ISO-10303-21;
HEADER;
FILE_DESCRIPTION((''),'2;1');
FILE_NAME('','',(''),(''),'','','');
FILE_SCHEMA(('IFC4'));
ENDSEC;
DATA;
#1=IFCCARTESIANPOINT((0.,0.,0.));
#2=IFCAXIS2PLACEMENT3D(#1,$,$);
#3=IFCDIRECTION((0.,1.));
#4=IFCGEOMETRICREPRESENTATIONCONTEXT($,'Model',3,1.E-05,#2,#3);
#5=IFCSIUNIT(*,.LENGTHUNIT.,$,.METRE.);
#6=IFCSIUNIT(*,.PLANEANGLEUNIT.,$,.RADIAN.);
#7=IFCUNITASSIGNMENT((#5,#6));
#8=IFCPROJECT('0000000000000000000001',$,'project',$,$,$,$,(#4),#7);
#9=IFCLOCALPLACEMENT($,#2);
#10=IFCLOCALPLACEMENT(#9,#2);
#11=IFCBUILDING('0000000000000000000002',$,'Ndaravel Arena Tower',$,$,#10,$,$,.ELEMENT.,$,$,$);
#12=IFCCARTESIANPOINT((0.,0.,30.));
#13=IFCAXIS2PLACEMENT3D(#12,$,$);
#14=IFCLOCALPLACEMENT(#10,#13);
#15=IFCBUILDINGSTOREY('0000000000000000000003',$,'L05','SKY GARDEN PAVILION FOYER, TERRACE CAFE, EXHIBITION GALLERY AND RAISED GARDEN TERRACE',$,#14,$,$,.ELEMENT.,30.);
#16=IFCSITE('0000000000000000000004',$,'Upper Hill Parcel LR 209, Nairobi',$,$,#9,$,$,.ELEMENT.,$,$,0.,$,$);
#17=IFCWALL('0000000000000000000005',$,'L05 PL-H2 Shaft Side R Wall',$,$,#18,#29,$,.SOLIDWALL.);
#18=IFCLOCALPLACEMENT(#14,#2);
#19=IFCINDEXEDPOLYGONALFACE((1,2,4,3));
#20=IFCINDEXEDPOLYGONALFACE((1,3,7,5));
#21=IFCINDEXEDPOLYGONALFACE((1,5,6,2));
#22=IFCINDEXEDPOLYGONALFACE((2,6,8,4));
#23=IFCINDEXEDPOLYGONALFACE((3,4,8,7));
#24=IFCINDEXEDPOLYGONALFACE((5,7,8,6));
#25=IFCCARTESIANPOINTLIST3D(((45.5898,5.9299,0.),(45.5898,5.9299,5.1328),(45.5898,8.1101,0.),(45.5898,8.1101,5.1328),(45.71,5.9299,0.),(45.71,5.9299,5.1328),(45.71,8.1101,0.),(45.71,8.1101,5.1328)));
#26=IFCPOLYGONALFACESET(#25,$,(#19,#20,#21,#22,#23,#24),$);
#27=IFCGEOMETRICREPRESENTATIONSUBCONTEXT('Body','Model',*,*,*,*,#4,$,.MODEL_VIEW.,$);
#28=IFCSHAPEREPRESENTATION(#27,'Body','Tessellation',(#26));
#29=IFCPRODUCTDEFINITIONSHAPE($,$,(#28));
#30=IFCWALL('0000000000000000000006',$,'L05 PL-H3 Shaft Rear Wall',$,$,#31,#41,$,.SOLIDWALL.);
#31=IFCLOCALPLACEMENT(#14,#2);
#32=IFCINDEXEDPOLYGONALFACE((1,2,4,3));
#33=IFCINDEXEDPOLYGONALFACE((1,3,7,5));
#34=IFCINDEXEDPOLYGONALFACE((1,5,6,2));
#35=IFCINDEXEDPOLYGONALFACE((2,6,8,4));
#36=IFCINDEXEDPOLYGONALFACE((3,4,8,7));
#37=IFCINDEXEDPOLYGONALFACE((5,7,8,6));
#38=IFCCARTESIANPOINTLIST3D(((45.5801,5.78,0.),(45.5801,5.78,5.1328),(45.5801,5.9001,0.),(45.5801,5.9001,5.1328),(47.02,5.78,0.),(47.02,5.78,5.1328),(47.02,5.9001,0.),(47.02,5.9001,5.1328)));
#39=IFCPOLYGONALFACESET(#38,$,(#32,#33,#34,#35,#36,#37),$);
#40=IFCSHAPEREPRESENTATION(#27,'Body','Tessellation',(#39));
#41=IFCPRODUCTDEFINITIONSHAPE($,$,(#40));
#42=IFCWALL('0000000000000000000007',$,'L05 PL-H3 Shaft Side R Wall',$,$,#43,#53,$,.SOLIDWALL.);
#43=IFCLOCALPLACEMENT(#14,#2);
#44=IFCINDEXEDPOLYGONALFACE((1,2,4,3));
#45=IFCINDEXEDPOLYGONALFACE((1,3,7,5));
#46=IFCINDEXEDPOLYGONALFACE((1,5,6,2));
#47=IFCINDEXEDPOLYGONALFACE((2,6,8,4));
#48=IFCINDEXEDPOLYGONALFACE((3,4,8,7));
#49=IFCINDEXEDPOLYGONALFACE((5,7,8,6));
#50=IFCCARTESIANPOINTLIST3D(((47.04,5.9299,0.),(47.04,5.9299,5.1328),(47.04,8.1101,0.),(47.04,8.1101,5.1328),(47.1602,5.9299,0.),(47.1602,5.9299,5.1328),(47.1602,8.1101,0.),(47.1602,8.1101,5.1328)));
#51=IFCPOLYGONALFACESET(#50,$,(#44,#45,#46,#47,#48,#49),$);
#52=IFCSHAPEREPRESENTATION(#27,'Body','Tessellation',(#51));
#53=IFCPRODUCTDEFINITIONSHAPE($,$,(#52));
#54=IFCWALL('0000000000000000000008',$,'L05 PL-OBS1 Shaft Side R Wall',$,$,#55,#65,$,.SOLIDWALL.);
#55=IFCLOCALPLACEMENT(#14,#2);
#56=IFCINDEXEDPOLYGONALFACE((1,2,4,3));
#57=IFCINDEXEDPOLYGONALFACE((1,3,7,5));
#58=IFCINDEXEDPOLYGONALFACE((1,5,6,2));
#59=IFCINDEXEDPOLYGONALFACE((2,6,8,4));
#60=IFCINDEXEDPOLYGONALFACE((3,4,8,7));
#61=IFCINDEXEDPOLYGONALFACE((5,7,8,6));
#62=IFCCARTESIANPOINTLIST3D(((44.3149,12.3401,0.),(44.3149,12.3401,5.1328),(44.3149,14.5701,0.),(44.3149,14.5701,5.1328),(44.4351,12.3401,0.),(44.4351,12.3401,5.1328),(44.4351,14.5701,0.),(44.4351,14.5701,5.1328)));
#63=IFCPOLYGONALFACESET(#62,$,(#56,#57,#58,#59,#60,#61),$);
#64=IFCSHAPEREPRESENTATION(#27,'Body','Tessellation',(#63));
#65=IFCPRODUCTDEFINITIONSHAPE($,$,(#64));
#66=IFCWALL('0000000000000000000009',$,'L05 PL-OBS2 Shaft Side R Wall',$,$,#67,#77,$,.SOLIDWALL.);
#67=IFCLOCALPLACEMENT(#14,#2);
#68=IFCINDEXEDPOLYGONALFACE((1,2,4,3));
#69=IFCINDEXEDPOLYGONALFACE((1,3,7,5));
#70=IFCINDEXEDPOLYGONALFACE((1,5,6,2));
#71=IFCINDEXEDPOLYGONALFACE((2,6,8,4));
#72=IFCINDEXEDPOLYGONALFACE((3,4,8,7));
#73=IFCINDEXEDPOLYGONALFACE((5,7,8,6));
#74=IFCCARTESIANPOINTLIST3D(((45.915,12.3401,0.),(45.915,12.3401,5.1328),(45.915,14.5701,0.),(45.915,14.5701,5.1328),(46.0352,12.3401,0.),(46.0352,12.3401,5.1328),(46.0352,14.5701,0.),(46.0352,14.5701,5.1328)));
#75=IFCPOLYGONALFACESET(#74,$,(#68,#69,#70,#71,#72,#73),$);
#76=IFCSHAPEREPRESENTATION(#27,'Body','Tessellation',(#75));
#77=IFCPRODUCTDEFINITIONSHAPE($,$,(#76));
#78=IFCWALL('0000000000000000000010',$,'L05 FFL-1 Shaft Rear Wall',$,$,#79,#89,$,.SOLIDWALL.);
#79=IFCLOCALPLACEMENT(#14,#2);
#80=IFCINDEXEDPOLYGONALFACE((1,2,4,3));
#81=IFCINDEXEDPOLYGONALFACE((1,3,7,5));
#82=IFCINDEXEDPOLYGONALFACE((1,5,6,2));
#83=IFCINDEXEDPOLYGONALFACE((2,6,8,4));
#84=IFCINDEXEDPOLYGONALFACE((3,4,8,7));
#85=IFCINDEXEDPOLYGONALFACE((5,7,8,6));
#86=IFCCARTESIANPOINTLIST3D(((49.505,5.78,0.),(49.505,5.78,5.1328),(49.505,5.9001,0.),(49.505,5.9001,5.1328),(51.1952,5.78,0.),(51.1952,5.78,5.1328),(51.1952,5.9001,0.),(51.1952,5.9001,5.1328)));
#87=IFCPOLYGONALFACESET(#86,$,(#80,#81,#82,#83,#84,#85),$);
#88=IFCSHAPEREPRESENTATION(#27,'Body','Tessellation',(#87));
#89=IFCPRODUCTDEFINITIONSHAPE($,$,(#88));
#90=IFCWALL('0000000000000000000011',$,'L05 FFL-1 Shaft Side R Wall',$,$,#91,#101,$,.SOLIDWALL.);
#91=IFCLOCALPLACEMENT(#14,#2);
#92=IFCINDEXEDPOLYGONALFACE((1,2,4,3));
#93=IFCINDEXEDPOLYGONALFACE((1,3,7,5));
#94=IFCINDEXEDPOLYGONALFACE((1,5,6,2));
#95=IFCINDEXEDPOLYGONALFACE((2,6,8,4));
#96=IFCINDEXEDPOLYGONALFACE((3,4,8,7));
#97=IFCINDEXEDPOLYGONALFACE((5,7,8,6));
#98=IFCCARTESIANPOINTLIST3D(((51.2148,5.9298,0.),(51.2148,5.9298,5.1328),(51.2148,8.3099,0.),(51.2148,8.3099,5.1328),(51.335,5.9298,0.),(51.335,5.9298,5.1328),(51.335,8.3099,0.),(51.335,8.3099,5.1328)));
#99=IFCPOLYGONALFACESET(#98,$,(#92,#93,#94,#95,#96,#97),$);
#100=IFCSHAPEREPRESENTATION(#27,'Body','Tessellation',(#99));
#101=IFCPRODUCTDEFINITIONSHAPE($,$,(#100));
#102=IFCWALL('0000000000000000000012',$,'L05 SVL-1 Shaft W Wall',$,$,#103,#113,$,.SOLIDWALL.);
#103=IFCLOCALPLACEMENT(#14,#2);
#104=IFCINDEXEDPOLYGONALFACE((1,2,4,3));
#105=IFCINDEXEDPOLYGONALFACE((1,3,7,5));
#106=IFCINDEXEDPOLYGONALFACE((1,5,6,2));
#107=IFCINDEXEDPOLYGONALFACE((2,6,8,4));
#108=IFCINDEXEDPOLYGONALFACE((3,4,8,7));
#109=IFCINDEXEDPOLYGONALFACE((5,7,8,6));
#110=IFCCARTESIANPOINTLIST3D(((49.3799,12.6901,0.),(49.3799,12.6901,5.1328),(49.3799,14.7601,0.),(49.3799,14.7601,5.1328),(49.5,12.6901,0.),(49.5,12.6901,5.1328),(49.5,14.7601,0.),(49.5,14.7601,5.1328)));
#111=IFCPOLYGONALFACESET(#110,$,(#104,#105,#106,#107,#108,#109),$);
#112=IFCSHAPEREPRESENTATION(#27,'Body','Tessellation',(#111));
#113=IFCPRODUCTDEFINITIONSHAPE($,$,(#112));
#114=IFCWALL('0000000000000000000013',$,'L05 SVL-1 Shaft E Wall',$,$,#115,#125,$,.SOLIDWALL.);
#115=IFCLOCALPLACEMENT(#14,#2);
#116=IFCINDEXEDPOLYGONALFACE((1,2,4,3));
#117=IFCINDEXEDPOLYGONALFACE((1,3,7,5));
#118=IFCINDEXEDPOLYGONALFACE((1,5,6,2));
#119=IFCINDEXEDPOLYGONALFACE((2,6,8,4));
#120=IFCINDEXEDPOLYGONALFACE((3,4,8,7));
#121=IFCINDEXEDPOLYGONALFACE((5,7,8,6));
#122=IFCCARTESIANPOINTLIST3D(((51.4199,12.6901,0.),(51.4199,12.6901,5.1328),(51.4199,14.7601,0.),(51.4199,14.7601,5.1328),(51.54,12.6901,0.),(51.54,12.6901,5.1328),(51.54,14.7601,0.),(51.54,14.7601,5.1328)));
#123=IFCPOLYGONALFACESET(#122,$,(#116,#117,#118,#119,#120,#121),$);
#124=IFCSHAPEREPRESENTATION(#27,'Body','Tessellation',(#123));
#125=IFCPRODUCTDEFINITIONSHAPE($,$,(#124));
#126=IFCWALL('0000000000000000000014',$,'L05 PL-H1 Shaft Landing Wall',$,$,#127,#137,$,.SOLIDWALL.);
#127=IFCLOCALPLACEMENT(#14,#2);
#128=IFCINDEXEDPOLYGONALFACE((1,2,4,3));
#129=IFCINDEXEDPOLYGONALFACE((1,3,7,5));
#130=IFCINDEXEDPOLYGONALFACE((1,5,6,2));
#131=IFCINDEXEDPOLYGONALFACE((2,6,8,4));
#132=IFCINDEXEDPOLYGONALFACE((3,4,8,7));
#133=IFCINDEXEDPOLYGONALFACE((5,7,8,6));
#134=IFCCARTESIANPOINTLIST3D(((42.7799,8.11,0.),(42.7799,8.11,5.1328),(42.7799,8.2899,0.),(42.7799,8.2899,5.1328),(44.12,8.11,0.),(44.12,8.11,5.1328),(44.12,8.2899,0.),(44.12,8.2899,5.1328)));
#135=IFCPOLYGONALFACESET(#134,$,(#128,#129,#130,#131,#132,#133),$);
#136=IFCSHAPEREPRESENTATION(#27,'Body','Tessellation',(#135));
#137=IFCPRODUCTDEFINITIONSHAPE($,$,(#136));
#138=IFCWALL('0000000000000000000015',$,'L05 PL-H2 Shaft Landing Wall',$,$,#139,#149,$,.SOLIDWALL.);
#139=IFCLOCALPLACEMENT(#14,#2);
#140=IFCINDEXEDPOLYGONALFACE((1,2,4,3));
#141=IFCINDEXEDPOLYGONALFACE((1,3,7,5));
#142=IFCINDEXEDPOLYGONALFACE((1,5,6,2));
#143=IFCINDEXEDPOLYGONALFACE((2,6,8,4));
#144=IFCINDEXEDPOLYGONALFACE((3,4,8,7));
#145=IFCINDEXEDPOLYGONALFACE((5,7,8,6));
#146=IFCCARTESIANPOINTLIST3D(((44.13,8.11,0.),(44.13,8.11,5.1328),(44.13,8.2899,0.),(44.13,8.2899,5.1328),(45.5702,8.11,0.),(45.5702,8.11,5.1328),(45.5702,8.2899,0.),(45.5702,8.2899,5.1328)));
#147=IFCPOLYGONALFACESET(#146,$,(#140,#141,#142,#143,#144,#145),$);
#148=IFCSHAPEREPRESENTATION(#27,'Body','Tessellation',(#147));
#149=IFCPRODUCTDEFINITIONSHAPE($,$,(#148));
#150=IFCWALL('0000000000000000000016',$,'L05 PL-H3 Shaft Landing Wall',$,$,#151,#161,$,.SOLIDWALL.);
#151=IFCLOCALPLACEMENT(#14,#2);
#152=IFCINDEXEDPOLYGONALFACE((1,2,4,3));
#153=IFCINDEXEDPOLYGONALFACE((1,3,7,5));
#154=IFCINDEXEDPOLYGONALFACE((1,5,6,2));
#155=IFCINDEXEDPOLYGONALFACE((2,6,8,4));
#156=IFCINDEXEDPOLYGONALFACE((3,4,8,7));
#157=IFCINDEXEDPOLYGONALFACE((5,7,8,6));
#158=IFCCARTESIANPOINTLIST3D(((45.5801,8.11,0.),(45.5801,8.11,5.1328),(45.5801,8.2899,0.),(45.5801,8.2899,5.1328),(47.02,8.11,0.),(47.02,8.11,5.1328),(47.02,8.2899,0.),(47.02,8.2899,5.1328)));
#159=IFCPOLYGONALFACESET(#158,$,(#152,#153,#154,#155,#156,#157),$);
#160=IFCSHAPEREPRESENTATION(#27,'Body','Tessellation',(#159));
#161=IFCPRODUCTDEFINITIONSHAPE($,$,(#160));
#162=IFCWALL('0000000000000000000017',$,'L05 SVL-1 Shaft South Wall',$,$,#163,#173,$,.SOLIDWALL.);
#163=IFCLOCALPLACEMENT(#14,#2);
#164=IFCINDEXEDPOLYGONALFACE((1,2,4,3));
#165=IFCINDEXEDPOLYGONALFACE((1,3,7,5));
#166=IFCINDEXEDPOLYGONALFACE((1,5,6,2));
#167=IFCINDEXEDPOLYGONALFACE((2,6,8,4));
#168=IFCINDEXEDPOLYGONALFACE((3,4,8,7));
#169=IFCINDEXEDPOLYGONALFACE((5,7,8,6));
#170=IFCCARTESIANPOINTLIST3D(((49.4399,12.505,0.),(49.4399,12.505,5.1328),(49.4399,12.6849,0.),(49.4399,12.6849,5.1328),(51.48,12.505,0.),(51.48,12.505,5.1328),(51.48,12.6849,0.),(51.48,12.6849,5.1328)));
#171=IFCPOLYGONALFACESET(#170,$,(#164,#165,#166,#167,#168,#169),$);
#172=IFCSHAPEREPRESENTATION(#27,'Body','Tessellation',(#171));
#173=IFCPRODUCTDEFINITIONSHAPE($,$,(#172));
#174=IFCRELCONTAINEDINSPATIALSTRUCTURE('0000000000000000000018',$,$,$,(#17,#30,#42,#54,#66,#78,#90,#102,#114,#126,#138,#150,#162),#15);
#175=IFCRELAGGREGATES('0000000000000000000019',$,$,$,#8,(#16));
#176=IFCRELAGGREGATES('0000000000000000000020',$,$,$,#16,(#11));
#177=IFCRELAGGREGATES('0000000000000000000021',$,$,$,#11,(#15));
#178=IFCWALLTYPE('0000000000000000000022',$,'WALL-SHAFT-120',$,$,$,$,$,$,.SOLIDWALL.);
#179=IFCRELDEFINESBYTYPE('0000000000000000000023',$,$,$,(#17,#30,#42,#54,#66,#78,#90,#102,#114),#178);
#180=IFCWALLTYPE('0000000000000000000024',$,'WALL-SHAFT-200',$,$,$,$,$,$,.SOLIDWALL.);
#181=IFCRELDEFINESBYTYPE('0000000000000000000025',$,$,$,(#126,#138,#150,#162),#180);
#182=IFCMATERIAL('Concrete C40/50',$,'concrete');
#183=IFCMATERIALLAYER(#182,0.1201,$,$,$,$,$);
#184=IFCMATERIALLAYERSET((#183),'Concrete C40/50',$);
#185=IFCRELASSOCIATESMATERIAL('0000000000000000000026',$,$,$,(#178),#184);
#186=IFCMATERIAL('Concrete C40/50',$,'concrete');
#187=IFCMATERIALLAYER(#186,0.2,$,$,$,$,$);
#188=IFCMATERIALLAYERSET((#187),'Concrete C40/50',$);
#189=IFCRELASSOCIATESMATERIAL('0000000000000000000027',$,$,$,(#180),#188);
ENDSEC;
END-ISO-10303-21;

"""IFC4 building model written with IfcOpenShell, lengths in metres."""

from ifc_helpers import new_model, si_unit, direction, frame, frame_2d, origin, place, context, subcontext, project, spatial, rectangle, extrude, material, layer, layer_set, type_object, element, save


model = new_model("IFC4")

# Units and contexts
model_context = context("Model", 3, precision=1e-05, world=origin(), true_north=direction((0.0, 1.0)))
body_context = subcontext(model_context, "Body", "Model", "MODEL_VIEW")
ifc_project = project(units=[si_unit("LENGTHUNIT", "METRE"), si_unit("PLANEANGLEUNIT", "RADIAN")], contexts=[model_context])

# Site, building, storey
site_placement = place(None, origin())
site = spatial("IfcSite", under=ifc_project, at=site_placement, Name="Upper Hill Parcel LR 209, Nairobi", CompositionType="ELEMENT", RefElevation=0.0)
building_placement = place(site_placement, origin())
building = spatial("IfcBuilding", under=site, at=building_placement, Name="Ndaravel Arena Tower", CompositionType="ELEMENT")
storey_placement = place(building_placement, frame((0.0, 0.0, 30.0)))
storey = spatial("IfcBuildingStorey", under=building, at=storey_placement, Name="L05", Description="SKY GARDEN PAVILION FOYER, TERRACE CAFE, EXHIBITION GALLERY AND RAISED GARDEN TERRACE", CompositionType="ELEMENT", Elevation=30.0)

# Walls
ifc_material_1 = material(Name="Concrete C40/50", Category="concrete")
ifc_layer_1 = layer(ifc_material_1, 0.1201)
ifc_layer_set_1 = layer_set([ifc_layer_1], Name="Concrete C40/50")
wall_type_1 = type_object("IfcWallType", Name="WALL-SHAFT-120", PredefinedType="SOLIDWALL", material=ifc_layer_set_1)
wall_1_placement = place(storey_placement, frame((45.6499, 5.9299, 0.0), z_axis=(0.0, 0.0, 1.0), x_axis=(0.0, 1.0, 0.0)))
element("IfcWall", 1, at=wall_1_placement, inside=storey, type_object=wall_type_1, Name="L05 PL-H2 Shaft Side R Wall", PredefinedType="SOLIDWALL", context=body_context, shape_type="SweptSolid", body=[
    extrude(rectangle(XDim=2.1802, YDim=0.1201, at=frame_2d((1.0901, 0.0))), origin(), (0.0, 0.0, 1.0), 5.1328),
])
wall_2_placement = place(storey_placement, frame((45.5801, 5.8401, 0.0), z_axis=(0.0, 0.0, 1.0), x_axis=(1.0, 0.0, 0.0)))
element("IfcWall", 2, at=wall_2_placement, inside=storey, type_object=wall_type_1, Name="L05 PL-H3 Shaft Rear Wall", PredefinedType="SOLIDWALL", context=body_context, shape_type="SweptSolid", body=[
    extrude(rectangle(XDim=1.4399, YDim=0.1201, at=frame_2d((0.72, 0.0))), origin(), (0.0, 0.0, 1.0), 5.1328),
])
wall_3_placement = place(storey_placement, frame((47.1001, 5.9299, 0.0), z_axis=(0.0, 0.0, 1.0), x_axis=(0.0, 1.0, 0.0)))
element("IfcWall", 3, at=wall_3_placement, inside=storey, type_object=wall_type_1, Name="L05 PL-H3 Shaft Side R Wall", PredefinedType="SOLIDWALL", context=body_context, shape_type="SweptSolid", body=[
    extrude(rectangle(XDim=2.1802, YDim=0.1201, at=frame_2d((1.0901, 0.0))), origin(), (0.0, 0.0, 1.0), 5.1328),
])
for number, where, z_axis, x_axis, name in (
    (4, (44.375, 12.3401, 0.0), (0.0, 0.0, 1.0), (0.0, 1.0, 0.0), "L05 PL-OBS1 Shaft Side R Wall"),
    (5, (45.9751, 12.3401, 0.0), (0.0, 0.0, 1.0), (0.0, 1.0, 0.0), "L05 PL-OBS2 Shaft Side R Wall"),
):
    element("IfcWall", number, at=place(storey_placement, frame(where, z_axis=z_axis, x_axis=x_axis)), inside=storey, type_object=wall_type_1, Name=name, PredefinedType="SOLIDWALL", context=body_context, shape_type="SweptSolid", body=[
        extrude(rectangle(XDim=2.23, YDim=0.1201, at=frame_2d((1.115, 0.0))), origin(), (0.0, 0.0, 1.0), 5.1328),
    ])
wall_4_placement = place(storey_placement, frame((49.5049, 5.8401, 0.0), z_axis=(0.0, 0.0, 1.0), x_axis=(1.0, 0.0, 0.0)))
element("IfcWall", 6, at=wall_4_placement, inside=storey, type_object=wall_type_1, Name="L05 FFL-1 Shaft Rear Wall", PredefinedType="SOLIDWALL", context=body_context, shape_type="SweptSolid", body=[
    extrude(rectangle(XDim=1.6902, YDim=0.1201, at=frame_2d((0.8452, 0.0))), origin(), (0.0, 0.0, 1.0), 5.1328),
])
wall_5_placement = place(storey_placement, frame((51.2749, 5.9299, 0.0), z_axis=(0.0, 0.0, 1.0), x_axis=(0.0, 1.0, 0.0)))
element("IfcWall", 7, at=wall_5_placement, inside=storey, type_object=wall_type_1, Name="L05 FFL-1 Shaft Side R Wall", PredefinedType="SOLIDWALL", context=body_context, shape_type="SweptSolid", body=[
    extrude(rectangle(XDim=2.3801, YDim=0.1201, at=frame_2d((1.1899, 0.0))), origin(), (0.0, 0.0, 1.0), 5.1328),
])
for number, where, z_axis, x_axis, name in (
    (8, (49.4399, 12.6899, 0.0), (0.0, 0.0, 1.0), (0.0, 1.0, 0.0), "L05 SVL-1 Shaft W Wall"),
    (9, (51.48, 12.6899, 0.0), (0.0, 0.0, 1.0), (0.0, 1.0, 0.0), "L05 SVL-1 Shaft E Wall"),
):
    element("IfcWall", number, at=place(storey_placement, frame(where, z_axis=z_axis, x_axis=x_axis)), inside=storey, type_object=wall_type_1, Name=name, PredefinedType="SOLIDWALL", context=body_context, shape_type="SweptSolid", body=[
        extrude(rectangle(XDim=2.0701, YDim=0.1201, at=frame_2d((1.0352, 0.0))), origin(), (0.0, 0.0, 1.0), 5.1328),
    ])
ifc_material_2 = material(Name="Concrete C40/50", Category="concrete")
ifc_layer_2 = layer(ifc_material_2, 0.2)
ifc_layer_set_2 = layer_set([ifc_layer_2], Name="Concrete C40/50")
wall_type_2 = type_object("IfcWallType", Name="WALL-SHAFT-200", PredefinedType="SOLIDWALL", material=ifc_layer_set_2)
wall_6_placement = place(storey_placement, frame((42.78, 8.2, 0.0), z_axis=(0.0, 0.0, 1.0), x_axis=(1.0, 0.0, 0.0)))
element("IfcWall", 10, at=wall_6_placement, inside=storey, type_object=wall_type_2, Name="L05 PL-H1 Shaft Landing Wall", PredefinedType="SOLIDWALL", context=body_context, shape_type="SweptSolid", body=[
    extrude(rectangle(XDim=1.3401, YDim=0.1799, at=frame_2d((0.6699, 0.0))), origin(), (0.0, 0.0, 1.0), 5.1328),
])
wall_7_placement = place(storey_placement, frame((44.1299, 8.2, 0.0), z_axis=(0.0, 0.0, 1.0), x_axis=(1.0, 0.0, 0.0)))
element("IfcWall", 11, at=wall_7_placement, inside=storey, type_object=wall_type_2, Name="L05 PL-H2 Shaft Landing Wall", PredefinedType="SOLIDWALL", context=body_context, shape_type="SweptSolid", body=[
    extrude(rectangle(XDim=1.4402, YDim=0.1799, at=frame_2d((0.7202, 0.0))), origin(), (0.0, 0.0, 1.0), 5.1328),
])
wall_8_placement = place(storey_placement, frame((45.5801, 8.2, 0.0), z_axis=(0.0, 0.0, 1.0), x_axis=(1.0, 0.0, 0.0)))
element("IfcWall", 12, at=wall_8_placement, inside=storey, type_object=wall_type_2, Name="L05 PL-H3 Shaft Landing Wall", PredefinedType="SOLIDWALL", context=body_context, shape_type="SweptSolid", body=[
    extrude(rectangle(XDim=1.4399, YDim=0.1799, at=frame_2d((0.72, 0.0))), origin(), (0.0, 0.0, 1.0), 5.1328),
])

# Wall
wall_9_placement = place(storey_placement, frame((49.4399, 12.595, 0.0), z_axis=(0.0, 0.0, 1.0), x_axis=(1.0, 0.0, 0.0)))
element("IfcWall", 13, at=wall_9_placement, inside=storey, type_object=wall_type_2, Name="L05 SVL-1 Shaft South Wall", PredefinedType="SOLIDWALL", context=body_context, shape_type="SweptSolid", body=[
    extrude(rectangle(XDim=2.04, YDim=0.1799, at=frame_2d((1.02, 0.0))), origin(), (0.0, 0.0, 1.0), 5.1328),
])

save(model, "model.ifc")
